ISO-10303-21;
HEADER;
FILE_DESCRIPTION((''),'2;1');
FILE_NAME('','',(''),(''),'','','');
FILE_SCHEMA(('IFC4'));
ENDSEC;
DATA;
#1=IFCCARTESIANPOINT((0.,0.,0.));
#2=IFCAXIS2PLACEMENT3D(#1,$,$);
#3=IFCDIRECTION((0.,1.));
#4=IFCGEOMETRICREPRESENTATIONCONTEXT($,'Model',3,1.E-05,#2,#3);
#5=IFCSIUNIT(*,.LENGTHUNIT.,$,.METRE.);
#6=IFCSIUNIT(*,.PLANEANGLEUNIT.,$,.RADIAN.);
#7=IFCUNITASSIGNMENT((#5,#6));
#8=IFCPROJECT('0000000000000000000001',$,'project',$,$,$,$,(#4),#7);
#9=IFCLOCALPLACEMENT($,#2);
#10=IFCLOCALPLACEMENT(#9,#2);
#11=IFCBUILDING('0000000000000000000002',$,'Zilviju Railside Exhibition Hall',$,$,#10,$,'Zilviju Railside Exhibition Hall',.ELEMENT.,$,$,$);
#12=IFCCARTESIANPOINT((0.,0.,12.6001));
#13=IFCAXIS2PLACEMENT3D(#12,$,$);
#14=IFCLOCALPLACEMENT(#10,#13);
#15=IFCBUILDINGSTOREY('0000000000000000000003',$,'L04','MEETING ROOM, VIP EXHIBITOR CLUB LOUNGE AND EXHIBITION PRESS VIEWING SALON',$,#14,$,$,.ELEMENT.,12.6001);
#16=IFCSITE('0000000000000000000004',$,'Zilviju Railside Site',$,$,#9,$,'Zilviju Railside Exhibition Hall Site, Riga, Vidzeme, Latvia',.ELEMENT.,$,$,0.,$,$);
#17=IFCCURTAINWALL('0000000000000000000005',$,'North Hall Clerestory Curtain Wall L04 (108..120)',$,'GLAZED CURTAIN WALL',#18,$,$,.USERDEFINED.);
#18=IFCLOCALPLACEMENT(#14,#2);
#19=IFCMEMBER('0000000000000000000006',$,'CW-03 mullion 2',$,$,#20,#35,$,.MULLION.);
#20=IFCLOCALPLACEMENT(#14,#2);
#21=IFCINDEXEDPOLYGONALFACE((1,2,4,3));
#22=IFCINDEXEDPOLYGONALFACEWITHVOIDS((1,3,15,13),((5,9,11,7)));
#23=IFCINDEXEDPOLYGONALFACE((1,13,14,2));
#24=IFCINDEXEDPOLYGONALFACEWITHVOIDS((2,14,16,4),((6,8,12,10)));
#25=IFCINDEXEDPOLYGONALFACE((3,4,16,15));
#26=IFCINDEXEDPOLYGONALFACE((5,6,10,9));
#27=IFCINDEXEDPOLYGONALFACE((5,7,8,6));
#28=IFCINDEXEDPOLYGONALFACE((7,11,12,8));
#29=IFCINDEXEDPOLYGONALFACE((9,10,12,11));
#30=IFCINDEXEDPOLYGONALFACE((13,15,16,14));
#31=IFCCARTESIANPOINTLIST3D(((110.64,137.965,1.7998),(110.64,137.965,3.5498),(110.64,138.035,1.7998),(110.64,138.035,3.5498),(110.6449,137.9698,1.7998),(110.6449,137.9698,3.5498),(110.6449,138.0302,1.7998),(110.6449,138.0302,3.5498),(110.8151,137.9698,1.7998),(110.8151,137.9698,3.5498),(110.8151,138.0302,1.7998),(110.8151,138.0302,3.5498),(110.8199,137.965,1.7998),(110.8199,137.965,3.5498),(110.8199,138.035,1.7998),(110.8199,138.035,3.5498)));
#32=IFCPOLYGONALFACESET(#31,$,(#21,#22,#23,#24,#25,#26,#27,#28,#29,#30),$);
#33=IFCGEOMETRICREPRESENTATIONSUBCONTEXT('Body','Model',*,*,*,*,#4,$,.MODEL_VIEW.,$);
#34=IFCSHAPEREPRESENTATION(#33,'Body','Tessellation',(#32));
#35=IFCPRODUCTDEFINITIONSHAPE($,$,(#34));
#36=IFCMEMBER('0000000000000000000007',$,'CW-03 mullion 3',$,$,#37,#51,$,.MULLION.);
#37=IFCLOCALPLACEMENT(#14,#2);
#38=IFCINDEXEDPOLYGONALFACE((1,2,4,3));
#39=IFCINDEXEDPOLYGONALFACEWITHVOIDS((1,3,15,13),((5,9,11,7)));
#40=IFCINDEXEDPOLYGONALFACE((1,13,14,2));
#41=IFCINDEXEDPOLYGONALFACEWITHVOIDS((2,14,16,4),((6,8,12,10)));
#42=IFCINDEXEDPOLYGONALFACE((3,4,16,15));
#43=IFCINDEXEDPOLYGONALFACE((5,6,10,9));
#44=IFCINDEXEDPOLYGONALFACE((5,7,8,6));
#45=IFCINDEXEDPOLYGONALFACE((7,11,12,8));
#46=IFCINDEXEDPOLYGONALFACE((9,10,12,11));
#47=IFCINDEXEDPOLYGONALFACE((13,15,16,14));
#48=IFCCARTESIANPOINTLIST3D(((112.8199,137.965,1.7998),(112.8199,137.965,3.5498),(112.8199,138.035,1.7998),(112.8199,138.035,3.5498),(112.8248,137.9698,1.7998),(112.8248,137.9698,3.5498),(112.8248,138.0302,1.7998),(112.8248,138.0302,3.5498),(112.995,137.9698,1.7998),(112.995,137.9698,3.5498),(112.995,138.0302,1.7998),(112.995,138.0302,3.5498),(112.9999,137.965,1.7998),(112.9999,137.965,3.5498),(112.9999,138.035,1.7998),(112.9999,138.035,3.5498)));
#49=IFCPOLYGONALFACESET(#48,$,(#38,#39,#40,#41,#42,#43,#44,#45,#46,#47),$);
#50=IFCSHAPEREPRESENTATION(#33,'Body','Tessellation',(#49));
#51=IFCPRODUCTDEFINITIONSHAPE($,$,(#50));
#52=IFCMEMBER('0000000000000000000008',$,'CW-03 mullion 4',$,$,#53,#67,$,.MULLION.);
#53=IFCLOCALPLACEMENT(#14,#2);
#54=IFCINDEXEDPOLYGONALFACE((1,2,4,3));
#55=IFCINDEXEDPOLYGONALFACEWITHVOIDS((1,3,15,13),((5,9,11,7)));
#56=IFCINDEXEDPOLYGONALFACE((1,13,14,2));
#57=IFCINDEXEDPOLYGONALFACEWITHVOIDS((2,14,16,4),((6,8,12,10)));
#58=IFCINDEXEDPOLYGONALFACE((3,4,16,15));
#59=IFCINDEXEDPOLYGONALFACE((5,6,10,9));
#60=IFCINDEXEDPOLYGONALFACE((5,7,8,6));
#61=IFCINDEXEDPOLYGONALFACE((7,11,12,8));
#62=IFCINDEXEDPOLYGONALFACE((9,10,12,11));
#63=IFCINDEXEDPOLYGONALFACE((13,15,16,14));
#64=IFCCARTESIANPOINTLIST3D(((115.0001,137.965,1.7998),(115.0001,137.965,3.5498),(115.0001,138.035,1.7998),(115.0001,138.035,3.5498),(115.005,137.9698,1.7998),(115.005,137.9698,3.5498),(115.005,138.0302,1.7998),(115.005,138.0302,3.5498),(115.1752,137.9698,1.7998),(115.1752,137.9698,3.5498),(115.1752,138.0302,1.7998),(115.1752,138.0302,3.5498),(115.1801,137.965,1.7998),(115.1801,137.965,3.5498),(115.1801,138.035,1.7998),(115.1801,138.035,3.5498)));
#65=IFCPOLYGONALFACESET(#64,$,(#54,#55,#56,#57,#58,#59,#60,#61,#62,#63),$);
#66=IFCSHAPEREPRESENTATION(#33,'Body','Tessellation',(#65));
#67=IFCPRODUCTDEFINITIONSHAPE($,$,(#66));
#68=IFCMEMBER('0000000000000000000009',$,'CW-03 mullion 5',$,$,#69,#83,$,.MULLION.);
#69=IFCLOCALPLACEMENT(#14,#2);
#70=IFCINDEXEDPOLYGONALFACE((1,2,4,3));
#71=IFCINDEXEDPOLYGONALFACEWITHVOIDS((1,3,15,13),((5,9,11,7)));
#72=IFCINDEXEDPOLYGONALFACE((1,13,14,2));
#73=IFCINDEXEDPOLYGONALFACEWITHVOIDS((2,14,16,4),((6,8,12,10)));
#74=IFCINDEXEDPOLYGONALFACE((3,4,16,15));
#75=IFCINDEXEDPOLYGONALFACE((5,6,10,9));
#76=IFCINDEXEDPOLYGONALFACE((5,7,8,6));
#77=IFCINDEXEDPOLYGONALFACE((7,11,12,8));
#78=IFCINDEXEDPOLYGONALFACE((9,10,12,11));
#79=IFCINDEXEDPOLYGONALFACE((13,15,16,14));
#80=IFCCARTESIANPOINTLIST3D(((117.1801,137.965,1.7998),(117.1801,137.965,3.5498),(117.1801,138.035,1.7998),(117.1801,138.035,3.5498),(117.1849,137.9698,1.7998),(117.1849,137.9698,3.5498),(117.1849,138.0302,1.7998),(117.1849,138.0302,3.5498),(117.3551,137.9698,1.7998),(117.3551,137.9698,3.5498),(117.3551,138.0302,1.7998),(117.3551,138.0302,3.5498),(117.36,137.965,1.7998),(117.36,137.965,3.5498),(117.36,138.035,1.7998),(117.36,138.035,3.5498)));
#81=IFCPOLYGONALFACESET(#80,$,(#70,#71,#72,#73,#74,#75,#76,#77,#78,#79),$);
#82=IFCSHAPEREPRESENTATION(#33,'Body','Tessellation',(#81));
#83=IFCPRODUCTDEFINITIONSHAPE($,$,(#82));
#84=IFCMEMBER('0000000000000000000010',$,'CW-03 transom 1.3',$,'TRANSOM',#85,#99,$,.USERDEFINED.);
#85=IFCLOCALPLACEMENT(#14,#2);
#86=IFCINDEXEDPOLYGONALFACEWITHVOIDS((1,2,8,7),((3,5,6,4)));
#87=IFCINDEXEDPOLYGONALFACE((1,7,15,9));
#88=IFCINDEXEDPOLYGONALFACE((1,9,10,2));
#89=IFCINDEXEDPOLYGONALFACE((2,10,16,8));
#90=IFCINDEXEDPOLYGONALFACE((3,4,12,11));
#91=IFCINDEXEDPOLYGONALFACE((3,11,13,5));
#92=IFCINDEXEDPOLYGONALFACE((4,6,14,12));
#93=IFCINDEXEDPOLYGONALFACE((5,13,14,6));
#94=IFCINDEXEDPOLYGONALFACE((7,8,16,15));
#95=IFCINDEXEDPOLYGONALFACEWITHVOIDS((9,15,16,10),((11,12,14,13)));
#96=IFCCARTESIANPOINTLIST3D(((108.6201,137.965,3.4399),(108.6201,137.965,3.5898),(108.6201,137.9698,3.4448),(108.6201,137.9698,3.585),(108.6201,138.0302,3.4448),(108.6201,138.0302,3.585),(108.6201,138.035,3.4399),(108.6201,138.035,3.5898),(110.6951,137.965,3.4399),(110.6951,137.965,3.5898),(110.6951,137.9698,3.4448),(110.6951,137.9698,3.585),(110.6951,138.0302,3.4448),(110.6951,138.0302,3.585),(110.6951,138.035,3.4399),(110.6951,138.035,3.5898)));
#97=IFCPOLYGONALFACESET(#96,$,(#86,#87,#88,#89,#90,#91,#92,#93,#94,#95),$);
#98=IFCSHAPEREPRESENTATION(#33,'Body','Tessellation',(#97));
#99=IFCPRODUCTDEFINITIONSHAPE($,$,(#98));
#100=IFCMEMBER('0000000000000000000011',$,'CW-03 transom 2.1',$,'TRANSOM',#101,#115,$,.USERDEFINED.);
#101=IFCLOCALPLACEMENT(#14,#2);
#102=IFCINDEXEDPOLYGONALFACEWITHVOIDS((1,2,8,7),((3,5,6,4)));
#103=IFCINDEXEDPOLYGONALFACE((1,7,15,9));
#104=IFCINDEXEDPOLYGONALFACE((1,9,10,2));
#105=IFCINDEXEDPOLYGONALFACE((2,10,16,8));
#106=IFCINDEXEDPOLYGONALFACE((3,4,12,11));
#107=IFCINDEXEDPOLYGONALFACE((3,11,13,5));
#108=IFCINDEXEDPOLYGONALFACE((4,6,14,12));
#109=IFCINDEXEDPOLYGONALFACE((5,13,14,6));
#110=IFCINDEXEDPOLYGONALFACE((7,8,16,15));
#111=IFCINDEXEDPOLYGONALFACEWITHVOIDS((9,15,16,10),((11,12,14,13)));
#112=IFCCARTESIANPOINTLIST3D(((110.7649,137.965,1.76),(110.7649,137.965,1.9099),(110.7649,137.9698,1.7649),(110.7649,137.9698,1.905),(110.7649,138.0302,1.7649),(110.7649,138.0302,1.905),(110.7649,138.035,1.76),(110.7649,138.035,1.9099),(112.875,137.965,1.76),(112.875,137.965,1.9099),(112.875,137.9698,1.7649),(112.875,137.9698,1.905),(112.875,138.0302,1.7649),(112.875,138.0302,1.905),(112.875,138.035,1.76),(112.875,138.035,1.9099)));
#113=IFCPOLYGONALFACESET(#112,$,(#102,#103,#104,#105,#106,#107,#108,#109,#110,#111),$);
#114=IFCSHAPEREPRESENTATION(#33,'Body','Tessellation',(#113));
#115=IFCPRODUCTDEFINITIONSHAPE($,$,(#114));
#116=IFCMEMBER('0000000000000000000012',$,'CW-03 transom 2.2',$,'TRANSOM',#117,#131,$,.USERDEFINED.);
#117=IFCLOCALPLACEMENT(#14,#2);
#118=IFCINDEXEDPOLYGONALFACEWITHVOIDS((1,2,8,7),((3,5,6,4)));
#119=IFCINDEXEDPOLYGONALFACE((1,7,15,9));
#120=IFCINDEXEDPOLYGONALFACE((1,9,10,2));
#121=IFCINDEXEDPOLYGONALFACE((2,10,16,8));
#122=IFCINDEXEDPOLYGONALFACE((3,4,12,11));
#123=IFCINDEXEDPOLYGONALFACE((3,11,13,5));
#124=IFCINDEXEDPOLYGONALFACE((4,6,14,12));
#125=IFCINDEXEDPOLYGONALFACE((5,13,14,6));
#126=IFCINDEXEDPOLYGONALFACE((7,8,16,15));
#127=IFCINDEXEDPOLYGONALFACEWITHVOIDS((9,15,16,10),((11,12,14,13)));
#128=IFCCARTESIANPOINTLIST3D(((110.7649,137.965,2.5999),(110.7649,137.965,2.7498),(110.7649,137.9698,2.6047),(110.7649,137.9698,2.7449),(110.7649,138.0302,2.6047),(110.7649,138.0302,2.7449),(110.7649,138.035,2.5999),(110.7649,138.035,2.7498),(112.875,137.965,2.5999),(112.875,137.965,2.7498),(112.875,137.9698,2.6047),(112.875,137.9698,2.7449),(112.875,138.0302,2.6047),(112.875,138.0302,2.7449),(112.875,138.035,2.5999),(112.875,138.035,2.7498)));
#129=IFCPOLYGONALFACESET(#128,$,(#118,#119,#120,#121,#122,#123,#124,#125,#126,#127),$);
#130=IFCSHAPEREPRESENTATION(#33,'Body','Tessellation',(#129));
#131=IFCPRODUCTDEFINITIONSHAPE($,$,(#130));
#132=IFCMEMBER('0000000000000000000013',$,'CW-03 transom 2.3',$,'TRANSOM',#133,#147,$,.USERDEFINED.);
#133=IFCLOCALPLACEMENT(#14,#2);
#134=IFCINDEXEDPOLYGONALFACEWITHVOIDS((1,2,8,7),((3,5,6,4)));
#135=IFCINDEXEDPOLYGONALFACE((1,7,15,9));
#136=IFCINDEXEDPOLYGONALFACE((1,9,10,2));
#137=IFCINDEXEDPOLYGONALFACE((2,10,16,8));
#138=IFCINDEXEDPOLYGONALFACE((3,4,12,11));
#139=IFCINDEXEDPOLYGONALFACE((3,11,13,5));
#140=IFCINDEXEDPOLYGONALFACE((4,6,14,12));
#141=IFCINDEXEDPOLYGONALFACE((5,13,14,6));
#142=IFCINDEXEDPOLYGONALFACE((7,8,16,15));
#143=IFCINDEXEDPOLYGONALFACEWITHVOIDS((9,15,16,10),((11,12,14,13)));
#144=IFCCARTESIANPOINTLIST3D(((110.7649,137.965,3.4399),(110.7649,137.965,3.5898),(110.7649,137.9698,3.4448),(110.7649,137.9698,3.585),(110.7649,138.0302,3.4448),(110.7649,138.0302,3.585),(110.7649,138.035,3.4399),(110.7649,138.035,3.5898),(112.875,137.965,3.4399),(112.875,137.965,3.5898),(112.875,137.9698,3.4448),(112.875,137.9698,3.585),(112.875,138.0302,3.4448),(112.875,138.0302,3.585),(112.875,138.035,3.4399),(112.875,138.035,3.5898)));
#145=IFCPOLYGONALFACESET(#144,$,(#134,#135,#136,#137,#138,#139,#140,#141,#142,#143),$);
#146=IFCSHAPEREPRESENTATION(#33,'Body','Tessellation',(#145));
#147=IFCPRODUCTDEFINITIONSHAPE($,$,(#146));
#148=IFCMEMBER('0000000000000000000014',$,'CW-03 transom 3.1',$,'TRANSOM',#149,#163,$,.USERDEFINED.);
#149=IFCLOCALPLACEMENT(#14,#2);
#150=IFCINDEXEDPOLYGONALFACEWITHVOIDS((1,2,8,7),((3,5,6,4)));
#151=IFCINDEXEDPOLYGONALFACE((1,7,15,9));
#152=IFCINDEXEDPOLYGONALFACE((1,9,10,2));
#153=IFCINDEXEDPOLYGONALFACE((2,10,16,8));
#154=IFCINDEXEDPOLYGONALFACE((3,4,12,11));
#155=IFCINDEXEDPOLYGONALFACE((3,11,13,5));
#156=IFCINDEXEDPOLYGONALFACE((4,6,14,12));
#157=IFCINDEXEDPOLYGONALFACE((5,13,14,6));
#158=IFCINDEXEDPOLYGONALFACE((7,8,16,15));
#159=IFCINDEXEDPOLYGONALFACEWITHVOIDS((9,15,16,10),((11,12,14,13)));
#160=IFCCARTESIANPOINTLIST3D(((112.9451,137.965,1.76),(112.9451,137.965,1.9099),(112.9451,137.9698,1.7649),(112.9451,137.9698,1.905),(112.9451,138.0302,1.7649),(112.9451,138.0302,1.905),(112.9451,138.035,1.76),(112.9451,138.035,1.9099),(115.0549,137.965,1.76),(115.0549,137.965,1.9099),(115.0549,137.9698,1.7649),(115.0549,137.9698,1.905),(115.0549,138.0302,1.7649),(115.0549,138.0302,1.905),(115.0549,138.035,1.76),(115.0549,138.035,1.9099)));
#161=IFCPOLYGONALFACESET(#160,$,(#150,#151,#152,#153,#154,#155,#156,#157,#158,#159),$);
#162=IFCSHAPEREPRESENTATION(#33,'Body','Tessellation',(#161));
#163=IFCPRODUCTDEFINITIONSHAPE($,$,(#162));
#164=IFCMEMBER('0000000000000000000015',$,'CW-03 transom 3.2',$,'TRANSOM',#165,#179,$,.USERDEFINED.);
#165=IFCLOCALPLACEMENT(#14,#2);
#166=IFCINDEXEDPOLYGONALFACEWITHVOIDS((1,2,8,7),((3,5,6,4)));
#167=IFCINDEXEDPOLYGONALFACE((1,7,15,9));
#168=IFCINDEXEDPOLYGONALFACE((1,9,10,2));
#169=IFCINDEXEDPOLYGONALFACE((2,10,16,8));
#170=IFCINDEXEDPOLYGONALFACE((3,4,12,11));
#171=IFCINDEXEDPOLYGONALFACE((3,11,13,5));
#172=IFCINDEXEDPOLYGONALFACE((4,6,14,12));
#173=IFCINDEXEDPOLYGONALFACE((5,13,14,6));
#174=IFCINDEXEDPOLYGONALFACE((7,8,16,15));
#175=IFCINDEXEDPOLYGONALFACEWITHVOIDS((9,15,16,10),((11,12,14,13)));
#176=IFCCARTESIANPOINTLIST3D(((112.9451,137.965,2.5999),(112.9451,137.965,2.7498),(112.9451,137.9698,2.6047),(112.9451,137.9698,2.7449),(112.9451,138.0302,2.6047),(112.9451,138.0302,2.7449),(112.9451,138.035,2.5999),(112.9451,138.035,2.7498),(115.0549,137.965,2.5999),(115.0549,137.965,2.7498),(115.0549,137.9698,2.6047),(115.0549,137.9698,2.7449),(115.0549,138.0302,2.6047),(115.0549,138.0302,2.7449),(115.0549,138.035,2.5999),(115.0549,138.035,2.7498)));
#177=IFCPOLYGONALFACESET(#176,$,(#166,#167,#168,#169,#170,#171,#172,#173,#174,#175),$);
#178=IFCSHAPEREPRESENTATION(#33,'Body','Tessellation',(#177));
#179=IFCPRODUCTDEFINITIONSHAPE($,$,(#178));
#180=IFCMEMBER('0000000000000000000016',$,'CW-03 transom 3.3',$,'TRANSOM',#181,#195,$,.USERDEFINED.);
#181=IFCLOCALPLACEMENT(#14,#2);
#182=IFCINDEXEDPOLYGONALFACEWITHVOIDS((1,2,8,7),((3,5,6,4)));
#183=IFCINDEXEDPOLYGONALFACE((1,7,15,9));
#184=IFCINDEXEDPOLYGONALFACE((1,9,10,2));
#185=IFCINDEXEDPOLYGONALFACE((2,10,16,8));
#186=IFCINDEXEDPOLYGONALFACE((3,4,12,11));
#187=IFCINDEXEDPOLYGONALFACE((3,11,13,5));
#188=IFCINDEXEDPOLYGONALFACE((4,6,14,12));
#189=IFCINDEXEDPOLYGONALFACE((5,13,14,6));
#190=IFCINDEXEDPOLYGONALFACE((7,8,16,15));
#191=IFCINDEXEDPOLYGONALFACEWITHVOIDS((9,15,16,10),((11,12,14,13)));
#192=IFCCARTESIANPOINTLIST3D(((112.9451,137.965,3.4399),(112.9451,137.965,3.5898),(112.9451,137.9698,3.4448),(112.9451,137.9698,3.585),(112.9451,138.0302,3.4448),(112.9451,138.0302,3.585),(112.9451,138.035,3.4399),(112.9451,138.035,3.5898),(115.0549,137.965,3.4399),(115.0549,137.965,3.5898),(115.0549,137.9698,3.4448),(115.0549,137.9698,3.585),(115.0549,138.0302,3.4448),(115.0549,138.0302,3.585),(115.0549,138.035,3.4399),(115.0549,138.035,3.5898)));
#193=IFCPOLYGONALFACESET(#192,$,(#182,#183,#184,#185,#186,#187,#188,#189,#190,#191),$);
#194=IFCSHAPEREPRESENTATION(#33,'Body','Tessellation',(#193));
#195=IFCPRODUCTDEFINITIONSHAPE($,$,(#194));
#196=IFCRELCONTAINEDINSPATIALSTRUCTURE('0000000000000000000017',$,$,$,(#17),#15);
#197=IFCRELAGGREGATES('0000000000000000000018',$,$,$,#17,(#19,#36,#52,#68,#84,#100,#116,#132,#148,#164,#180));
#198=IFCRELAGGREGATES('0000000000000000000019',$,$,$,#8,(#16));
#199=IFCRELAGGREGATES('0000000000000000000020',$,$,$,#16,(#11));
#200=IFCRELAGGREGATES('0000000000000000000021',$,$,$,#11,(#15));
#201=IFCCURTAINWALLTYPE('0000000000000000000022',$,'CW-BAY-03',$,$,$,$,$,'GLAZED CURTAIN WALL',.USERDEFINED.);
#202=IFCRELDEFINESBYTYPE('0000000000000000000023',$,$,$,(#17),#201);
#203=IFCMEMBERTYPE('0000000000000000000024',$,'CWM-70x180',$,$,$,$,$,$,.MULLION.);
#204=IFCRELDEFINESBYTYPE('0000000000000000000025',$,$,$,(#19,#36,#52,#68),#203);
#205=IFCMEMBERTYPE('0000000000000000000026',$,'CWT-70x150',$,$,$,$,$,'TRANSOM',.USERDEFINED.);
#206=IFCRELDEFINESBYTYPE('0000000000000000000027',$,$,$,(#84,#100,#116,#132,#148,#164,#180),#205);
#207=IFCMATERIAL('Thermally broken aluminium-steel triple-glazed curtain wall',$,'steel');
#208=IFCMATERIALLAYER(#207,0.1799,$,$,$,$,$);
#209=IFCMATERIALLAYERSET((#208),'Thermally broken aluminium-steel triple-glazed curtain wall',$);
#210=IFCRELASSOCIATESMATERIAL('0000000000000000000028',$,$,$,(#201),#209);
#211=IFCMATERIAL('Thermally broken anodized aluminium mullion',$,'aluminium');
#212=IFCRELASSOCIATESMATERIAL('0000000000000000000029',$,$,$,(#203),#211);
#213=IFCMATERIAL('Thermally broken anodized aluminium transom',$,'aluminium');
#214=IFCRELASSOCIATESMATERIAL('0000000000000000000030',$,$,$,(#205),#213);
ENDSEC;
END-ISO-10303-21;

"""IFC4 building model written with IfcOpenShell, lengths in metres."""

from ifc_helpers import new_model, si_unit, direction, frame, origin, origin_2d, place, context, subcontext, project, spatial, hollow_rectangle, extrude, material, layer, layer_set, material_profile, profile_set, type_object, element, aggregate, save


model = new_model("IFC4")

# Units and contexts
model_context = context("Model", 3, precision=1e-05, world=origin(), true_north=direction((0.0, 1.0)))
body_context = subcontext(model_context, "Body", "Model", "MODEL_VIEW")
ifc_project = project(units=[si_unit("LENGTHUNIT", "METRE"), si_unit("PLANEANGLEUNIT", "RADIAN")], contexts=[model_context])

# Site, building, storey
site_placement = place(None, origin())
site = spatial("IfcSite", under=ifc_project, at=site_placement, Name="Zilviju Railside Site", LongName="Zilviju Railside Exhibition Hall Site, Riga, Vidzeme, Latvia", CompositionType="ELEMENT", RefElevation=0.0)
building_placement = place(site_placement, origin())
building = spatial("IfcBuilding", under=site, at=building_placement, Name="Zilviju Railside Exhibition Hall", LongName="Zilviju Railside Exhibition Hall", CompositionType="ELEMENT")
storey_placement = place(building_placement, frame((0.0, 0.0, 12.6001)))
storey = spatial("IfcBuildingStorey", under=building, at=storey_placement, Name="L04", Description="MEETING ROOM, VIP EXHIBITOR CLUB LOUNGE AND EXHIBITION PRESS VIEWING SALON", CompositionType="ELEMENT", Elevation=12.6001)

# Curtain wall, members
ifc_material_1 = material(Name="Thermally broken aluminium-steel triple-glazed curtain wall", Category="steel")
ifc_layer_1 = layer(ifc_material_1, 0.1799)
ifc_layer_set_1 = layer_set([ifc_layer_1], Name="Thermally broken aluminium-steel triple-glazed curtain wall")
curtain_wall_type = type_object("IfcCurtainWallType", Name="CW-BAY-03", ElementType="GLAZED CURTAIN WALL", PredefinedType="USERDEFINED", material=ifc_layer_set_1)
curtain_wall_placement = place(storey_placement, origin())
curtain_wall = element("IfcCurtainWall", 1, at=curtain_wall_placement, inside=storey, type_object=curtain_wall_type, Name="North Hall Clerestory Curtain Wall L04 (108..120)", ObjectType="GLAZED CURTAIN WALL", PredefinedType="USERDEFINED")
ifc_material_2 = material(Name="Thermally broken anodized aluminium mullion", Category="aluminium")
ifc_material_profile_1 = material_profile(ifc_material_2, hollow_rectangle(XDim=0.0701, YDim=0.1799, WallThickness=0.0049, at=origin_2d()), Name="MULLION 180x70x5")
ifc_profile_set_1 = profile_set([ifc_material_profile_1], Name="Thermally broken anodized aluminium mullion")
member_type_1 = type_object("IfcMemberType", Name="CWM-70x180", PredefinedType="MULLION", material=ifc_profile_set_1)
member_1_placement = place(storey_placement, frame((110.73, 138.0, 1.7998), z_axis=(0.0, 0.0, 1.0), x_axis=(0.0, 1.0, 0.0)))
member_1 = element("IfcMember", 2, at=member_1_placement, type_object=member_type_1, Name="CW-03 mullion 2", PredefinedType="MULLION", context=body_context, shape_type="SweptSolid", body=[
    extrude(hollow_rectangle(XDim=0.0701, YDim=0.1799, WallThickness=0.0049, at=origin_2d()), origin(), (0.0, 0.0, 1.0), 1.75),
])
member_2_placement = place(storey_placement, frame((112.9099, 138.0, 1.7998), z_axis=(0.0, 0.0, 1.0), x_axis=(0.0, 1.0, 0.0)))
member_2 = element("IfcMember", 3, at=member_2_placement, type_object=member_type_1, Name="CW-03 mullion 3", PredefinedType="MULLION", context=body_context, shape_type="SweptSolid", body=[
    extrude(hollow_rectangle(XDim=0.0701, YDim=0.1799, WallThickness=0.0049, at=origin_2d()), origin(), (0.0, 0.0, 1.0), 1.75),
])
member_3_placement = place(storey_placement, frame((115.0901, 138.0, 1.7998), z_axis=(0.0, 0.0, 1.0), x_axis=(0.0, 1.0, 0.0)))
member_3 = element("IfcMember", 4, at=member_3_placement, type_object=member_type_1, Name="CW-03 mullion 4", PredefinedType="MULLION", context=body_context, shape_type="SweptSolid", body=[
    extrude(hollow_rectangle(XDim=0.0701, YDim=0.1799, WallThickness=0.0049, at=origin_2d()), origin(), (0.0, 0.0, 1.0), 1.75),
])
member_4_placement = place(storey_placement, frame((117.27, 138.0, 1.7998), z_axis=(0.0, 0.0, 1.0), x_axis=(0.0, 1.0, 0.0)))
member_4 = element("IfcMember", 5, at=member_4_placement, type_object=member_type_1, Name="CW-03 mullion 5", PredefinedType="MULLION", context=body_context, shape_type="SweptSolid", body=[
    extrude(hollow_rectangle(XDim=0.0701, YDim=0.1799, WallThickness=0.0049, at=origin_2d()), origin(), (0.0, 0.0, 1.0), 1.75),
])
ifc_material_3 = material(Name="Thermally broken anodized aluminium transom", Category="aluminium")
ifc_material_profile_2 = material_profile(ifc_material_3, hollow_rectangle(XDim=0.0701, YDim=0.1499, WallThickness=0.0049, at=origin_2d()), Name="TRANSOM 150x70x5")
ifc_profile_set_2 = profile_set([ifc_material_profile_2], Name="Thermally broken anodized aluminium transom")
member_type_2 = type_object("IfcMemberType", Name="CWT-70x150", ElementType="TRANSOM", PredefinedType="USERDEFINED", material=ifc_profile_set_2)
member_5_placement = place(storey_placement, frame((108.6201, 138.0, 3.5149), z_axis=(1.0, 0.0, 0.0), x_axis=(0.0, 1.0, 0.0)))
member_5 = element("IfcMember", 6, at=member_5_placement, type_object=member_type_2, Name="CW-03 transom 1.3", ObjectType="TRANSOM", PredefinedType="USERDEFINED", context=body_context, shape_type="SweptSolid", body=[
    extrude(hollow_rectangle(XDim=0.0701, YDim=0.1499, WallThickness=0.0049, at=origin_2d()), origin(), (0.0, 0.0, 1.0), 2.075),
])
member_6_placement = place(storey_placement, frame((110.7649, 138.0, 1.835), z_axis=(1.0, 0.0, 0.0), x_axis=(0.0, 1.0, 0.0)))
member_6 = element("IfcMember", 7, at=member_6_placement, type_object=member_type_2, Name="CW-03 transom 2.1", ObjectType="TRANSOM", PredefinedType="USERDEFINED", context=body_context, shape_type="SweptSolid", body=[
    extrude(hollow_rectangle(XDim=0.0701, YDim=0.1499, WallThickness=0.0049, at=origin_2d()), origin(), (0.0, 0.0, 1.0), 2.1101),
])
member_7_placement = place(storey_placement, frame((110.7649, 138.0, 2.6748), z_axis=(1.0, 0.0, 0.0), x_axis=(0.0, 1.0, 0.0)))
member_7 = element("IfcMember", 8, at=member_7_placement, type_object=member_type_2, Name="CW-03 transom 2.2", ObjectType="TRANSOM", PredefinedType="USERDEFINED", context=body_context, shape_type="SweptSolid", body=[
    extrude(hollow_rectangle(XDim=0.0701, YDim=0.1499, WallThickness=0.0049, at=origin_2d()), origin(), (0.0, 0.0, 1.0), 2.1101),
])
member_8_placement = place(storey_placement, frame((110.7649, 138.0, 3.5149), z_axis=(1.0, 0.0, 0.0), x_axis=(0.0, 1.0, 0.0)))
member_8 = element("IfcMember", 9, at=member_8_placement, type_object=member_type_2, Name="CW-03 transom 2.3", ObjectType="TRANSOM", PredefinedType="USERDEFINED", context=body_context, shape_type="SweptSolid", body=[
    extrude(hollow_rectangle(XDim=0.0701, YDim=0.1499, WallThickness=0.0049, at=origin_2d()), origin(), (0.0, 0.0, 1.0), 2.1101),
])
member_9_placement = place(storey_placement, frame((112.9451, 138.0, 1.835), z_axis=(1.0, 0.0, 0.0), x_axis=(0.0, 1.0, 0.0)))
member_9 = element("IfcMember", 10, at=member_9_placement, type_object=member_type_2, Name="CW-03 transom 3.1", ObjectType="TRANSOM", PredefinedType="USERDEFINED", context=body_context, shape_type="SweptSolid", body=[
    extrude(hollow_rectangle(XDim=0.0701, YDim=0.1499, WallThickness=0.0049, at=origin_2d()), origin(), (0.0, 0.0, 1.0), 2.1099),
])
member_10_placement = place(storey_placement, frame((112.9451, 138.0, 2.6748), z_axis=(1.0, 0.0, 0.0), x_axis=(0.0, 1.0, 0.0)))
member_10 = element("IfcMember", 11, at=member_10_placement, type_object=member_type_2, Name="CW-03 transom 3.2", ObjectType="TRANSOM", PredefinedType="USERDEFINED", context=body_context, shape_type="SweptSolid", body=[
    extrude(hollow_rectangle(XDim=0.0701, YDim=0.1499, WallThickness=0.0049, at=origin_2d()), origin(), (0.0, 0.0, 1.0), 2.1099),
])
member_11_placement = place(storey_placement, frame((112.9451, 138.0, 3.5149), z_axis=(1.0, 0.0, 0.0), x_axis=(0.0, 1.0, 0.0)))
member_11 = element("IfcMember", 12, at=member_11_placement, type_object=member_type_2, Name="CW-03 transom 3.3", ObjectType="TRANSOM", PredefinedType="USERDEFINED", context=body_context, shape_type="SweptSolid", body=[
    extrude(hollow_rectangle(XDim=0.0701, YDim=0.1499, WallThickness=0.0049, at=origin_2d()), origin(), (0.0, 0.0, 1.0), 2.1099),
])
aggregate(curtain_wall, [member_1, member_2, member_3, member_4, member_5, member_6, member_7, member_8, member_9, member_10, member_11])

save(model, "model.ifc")
